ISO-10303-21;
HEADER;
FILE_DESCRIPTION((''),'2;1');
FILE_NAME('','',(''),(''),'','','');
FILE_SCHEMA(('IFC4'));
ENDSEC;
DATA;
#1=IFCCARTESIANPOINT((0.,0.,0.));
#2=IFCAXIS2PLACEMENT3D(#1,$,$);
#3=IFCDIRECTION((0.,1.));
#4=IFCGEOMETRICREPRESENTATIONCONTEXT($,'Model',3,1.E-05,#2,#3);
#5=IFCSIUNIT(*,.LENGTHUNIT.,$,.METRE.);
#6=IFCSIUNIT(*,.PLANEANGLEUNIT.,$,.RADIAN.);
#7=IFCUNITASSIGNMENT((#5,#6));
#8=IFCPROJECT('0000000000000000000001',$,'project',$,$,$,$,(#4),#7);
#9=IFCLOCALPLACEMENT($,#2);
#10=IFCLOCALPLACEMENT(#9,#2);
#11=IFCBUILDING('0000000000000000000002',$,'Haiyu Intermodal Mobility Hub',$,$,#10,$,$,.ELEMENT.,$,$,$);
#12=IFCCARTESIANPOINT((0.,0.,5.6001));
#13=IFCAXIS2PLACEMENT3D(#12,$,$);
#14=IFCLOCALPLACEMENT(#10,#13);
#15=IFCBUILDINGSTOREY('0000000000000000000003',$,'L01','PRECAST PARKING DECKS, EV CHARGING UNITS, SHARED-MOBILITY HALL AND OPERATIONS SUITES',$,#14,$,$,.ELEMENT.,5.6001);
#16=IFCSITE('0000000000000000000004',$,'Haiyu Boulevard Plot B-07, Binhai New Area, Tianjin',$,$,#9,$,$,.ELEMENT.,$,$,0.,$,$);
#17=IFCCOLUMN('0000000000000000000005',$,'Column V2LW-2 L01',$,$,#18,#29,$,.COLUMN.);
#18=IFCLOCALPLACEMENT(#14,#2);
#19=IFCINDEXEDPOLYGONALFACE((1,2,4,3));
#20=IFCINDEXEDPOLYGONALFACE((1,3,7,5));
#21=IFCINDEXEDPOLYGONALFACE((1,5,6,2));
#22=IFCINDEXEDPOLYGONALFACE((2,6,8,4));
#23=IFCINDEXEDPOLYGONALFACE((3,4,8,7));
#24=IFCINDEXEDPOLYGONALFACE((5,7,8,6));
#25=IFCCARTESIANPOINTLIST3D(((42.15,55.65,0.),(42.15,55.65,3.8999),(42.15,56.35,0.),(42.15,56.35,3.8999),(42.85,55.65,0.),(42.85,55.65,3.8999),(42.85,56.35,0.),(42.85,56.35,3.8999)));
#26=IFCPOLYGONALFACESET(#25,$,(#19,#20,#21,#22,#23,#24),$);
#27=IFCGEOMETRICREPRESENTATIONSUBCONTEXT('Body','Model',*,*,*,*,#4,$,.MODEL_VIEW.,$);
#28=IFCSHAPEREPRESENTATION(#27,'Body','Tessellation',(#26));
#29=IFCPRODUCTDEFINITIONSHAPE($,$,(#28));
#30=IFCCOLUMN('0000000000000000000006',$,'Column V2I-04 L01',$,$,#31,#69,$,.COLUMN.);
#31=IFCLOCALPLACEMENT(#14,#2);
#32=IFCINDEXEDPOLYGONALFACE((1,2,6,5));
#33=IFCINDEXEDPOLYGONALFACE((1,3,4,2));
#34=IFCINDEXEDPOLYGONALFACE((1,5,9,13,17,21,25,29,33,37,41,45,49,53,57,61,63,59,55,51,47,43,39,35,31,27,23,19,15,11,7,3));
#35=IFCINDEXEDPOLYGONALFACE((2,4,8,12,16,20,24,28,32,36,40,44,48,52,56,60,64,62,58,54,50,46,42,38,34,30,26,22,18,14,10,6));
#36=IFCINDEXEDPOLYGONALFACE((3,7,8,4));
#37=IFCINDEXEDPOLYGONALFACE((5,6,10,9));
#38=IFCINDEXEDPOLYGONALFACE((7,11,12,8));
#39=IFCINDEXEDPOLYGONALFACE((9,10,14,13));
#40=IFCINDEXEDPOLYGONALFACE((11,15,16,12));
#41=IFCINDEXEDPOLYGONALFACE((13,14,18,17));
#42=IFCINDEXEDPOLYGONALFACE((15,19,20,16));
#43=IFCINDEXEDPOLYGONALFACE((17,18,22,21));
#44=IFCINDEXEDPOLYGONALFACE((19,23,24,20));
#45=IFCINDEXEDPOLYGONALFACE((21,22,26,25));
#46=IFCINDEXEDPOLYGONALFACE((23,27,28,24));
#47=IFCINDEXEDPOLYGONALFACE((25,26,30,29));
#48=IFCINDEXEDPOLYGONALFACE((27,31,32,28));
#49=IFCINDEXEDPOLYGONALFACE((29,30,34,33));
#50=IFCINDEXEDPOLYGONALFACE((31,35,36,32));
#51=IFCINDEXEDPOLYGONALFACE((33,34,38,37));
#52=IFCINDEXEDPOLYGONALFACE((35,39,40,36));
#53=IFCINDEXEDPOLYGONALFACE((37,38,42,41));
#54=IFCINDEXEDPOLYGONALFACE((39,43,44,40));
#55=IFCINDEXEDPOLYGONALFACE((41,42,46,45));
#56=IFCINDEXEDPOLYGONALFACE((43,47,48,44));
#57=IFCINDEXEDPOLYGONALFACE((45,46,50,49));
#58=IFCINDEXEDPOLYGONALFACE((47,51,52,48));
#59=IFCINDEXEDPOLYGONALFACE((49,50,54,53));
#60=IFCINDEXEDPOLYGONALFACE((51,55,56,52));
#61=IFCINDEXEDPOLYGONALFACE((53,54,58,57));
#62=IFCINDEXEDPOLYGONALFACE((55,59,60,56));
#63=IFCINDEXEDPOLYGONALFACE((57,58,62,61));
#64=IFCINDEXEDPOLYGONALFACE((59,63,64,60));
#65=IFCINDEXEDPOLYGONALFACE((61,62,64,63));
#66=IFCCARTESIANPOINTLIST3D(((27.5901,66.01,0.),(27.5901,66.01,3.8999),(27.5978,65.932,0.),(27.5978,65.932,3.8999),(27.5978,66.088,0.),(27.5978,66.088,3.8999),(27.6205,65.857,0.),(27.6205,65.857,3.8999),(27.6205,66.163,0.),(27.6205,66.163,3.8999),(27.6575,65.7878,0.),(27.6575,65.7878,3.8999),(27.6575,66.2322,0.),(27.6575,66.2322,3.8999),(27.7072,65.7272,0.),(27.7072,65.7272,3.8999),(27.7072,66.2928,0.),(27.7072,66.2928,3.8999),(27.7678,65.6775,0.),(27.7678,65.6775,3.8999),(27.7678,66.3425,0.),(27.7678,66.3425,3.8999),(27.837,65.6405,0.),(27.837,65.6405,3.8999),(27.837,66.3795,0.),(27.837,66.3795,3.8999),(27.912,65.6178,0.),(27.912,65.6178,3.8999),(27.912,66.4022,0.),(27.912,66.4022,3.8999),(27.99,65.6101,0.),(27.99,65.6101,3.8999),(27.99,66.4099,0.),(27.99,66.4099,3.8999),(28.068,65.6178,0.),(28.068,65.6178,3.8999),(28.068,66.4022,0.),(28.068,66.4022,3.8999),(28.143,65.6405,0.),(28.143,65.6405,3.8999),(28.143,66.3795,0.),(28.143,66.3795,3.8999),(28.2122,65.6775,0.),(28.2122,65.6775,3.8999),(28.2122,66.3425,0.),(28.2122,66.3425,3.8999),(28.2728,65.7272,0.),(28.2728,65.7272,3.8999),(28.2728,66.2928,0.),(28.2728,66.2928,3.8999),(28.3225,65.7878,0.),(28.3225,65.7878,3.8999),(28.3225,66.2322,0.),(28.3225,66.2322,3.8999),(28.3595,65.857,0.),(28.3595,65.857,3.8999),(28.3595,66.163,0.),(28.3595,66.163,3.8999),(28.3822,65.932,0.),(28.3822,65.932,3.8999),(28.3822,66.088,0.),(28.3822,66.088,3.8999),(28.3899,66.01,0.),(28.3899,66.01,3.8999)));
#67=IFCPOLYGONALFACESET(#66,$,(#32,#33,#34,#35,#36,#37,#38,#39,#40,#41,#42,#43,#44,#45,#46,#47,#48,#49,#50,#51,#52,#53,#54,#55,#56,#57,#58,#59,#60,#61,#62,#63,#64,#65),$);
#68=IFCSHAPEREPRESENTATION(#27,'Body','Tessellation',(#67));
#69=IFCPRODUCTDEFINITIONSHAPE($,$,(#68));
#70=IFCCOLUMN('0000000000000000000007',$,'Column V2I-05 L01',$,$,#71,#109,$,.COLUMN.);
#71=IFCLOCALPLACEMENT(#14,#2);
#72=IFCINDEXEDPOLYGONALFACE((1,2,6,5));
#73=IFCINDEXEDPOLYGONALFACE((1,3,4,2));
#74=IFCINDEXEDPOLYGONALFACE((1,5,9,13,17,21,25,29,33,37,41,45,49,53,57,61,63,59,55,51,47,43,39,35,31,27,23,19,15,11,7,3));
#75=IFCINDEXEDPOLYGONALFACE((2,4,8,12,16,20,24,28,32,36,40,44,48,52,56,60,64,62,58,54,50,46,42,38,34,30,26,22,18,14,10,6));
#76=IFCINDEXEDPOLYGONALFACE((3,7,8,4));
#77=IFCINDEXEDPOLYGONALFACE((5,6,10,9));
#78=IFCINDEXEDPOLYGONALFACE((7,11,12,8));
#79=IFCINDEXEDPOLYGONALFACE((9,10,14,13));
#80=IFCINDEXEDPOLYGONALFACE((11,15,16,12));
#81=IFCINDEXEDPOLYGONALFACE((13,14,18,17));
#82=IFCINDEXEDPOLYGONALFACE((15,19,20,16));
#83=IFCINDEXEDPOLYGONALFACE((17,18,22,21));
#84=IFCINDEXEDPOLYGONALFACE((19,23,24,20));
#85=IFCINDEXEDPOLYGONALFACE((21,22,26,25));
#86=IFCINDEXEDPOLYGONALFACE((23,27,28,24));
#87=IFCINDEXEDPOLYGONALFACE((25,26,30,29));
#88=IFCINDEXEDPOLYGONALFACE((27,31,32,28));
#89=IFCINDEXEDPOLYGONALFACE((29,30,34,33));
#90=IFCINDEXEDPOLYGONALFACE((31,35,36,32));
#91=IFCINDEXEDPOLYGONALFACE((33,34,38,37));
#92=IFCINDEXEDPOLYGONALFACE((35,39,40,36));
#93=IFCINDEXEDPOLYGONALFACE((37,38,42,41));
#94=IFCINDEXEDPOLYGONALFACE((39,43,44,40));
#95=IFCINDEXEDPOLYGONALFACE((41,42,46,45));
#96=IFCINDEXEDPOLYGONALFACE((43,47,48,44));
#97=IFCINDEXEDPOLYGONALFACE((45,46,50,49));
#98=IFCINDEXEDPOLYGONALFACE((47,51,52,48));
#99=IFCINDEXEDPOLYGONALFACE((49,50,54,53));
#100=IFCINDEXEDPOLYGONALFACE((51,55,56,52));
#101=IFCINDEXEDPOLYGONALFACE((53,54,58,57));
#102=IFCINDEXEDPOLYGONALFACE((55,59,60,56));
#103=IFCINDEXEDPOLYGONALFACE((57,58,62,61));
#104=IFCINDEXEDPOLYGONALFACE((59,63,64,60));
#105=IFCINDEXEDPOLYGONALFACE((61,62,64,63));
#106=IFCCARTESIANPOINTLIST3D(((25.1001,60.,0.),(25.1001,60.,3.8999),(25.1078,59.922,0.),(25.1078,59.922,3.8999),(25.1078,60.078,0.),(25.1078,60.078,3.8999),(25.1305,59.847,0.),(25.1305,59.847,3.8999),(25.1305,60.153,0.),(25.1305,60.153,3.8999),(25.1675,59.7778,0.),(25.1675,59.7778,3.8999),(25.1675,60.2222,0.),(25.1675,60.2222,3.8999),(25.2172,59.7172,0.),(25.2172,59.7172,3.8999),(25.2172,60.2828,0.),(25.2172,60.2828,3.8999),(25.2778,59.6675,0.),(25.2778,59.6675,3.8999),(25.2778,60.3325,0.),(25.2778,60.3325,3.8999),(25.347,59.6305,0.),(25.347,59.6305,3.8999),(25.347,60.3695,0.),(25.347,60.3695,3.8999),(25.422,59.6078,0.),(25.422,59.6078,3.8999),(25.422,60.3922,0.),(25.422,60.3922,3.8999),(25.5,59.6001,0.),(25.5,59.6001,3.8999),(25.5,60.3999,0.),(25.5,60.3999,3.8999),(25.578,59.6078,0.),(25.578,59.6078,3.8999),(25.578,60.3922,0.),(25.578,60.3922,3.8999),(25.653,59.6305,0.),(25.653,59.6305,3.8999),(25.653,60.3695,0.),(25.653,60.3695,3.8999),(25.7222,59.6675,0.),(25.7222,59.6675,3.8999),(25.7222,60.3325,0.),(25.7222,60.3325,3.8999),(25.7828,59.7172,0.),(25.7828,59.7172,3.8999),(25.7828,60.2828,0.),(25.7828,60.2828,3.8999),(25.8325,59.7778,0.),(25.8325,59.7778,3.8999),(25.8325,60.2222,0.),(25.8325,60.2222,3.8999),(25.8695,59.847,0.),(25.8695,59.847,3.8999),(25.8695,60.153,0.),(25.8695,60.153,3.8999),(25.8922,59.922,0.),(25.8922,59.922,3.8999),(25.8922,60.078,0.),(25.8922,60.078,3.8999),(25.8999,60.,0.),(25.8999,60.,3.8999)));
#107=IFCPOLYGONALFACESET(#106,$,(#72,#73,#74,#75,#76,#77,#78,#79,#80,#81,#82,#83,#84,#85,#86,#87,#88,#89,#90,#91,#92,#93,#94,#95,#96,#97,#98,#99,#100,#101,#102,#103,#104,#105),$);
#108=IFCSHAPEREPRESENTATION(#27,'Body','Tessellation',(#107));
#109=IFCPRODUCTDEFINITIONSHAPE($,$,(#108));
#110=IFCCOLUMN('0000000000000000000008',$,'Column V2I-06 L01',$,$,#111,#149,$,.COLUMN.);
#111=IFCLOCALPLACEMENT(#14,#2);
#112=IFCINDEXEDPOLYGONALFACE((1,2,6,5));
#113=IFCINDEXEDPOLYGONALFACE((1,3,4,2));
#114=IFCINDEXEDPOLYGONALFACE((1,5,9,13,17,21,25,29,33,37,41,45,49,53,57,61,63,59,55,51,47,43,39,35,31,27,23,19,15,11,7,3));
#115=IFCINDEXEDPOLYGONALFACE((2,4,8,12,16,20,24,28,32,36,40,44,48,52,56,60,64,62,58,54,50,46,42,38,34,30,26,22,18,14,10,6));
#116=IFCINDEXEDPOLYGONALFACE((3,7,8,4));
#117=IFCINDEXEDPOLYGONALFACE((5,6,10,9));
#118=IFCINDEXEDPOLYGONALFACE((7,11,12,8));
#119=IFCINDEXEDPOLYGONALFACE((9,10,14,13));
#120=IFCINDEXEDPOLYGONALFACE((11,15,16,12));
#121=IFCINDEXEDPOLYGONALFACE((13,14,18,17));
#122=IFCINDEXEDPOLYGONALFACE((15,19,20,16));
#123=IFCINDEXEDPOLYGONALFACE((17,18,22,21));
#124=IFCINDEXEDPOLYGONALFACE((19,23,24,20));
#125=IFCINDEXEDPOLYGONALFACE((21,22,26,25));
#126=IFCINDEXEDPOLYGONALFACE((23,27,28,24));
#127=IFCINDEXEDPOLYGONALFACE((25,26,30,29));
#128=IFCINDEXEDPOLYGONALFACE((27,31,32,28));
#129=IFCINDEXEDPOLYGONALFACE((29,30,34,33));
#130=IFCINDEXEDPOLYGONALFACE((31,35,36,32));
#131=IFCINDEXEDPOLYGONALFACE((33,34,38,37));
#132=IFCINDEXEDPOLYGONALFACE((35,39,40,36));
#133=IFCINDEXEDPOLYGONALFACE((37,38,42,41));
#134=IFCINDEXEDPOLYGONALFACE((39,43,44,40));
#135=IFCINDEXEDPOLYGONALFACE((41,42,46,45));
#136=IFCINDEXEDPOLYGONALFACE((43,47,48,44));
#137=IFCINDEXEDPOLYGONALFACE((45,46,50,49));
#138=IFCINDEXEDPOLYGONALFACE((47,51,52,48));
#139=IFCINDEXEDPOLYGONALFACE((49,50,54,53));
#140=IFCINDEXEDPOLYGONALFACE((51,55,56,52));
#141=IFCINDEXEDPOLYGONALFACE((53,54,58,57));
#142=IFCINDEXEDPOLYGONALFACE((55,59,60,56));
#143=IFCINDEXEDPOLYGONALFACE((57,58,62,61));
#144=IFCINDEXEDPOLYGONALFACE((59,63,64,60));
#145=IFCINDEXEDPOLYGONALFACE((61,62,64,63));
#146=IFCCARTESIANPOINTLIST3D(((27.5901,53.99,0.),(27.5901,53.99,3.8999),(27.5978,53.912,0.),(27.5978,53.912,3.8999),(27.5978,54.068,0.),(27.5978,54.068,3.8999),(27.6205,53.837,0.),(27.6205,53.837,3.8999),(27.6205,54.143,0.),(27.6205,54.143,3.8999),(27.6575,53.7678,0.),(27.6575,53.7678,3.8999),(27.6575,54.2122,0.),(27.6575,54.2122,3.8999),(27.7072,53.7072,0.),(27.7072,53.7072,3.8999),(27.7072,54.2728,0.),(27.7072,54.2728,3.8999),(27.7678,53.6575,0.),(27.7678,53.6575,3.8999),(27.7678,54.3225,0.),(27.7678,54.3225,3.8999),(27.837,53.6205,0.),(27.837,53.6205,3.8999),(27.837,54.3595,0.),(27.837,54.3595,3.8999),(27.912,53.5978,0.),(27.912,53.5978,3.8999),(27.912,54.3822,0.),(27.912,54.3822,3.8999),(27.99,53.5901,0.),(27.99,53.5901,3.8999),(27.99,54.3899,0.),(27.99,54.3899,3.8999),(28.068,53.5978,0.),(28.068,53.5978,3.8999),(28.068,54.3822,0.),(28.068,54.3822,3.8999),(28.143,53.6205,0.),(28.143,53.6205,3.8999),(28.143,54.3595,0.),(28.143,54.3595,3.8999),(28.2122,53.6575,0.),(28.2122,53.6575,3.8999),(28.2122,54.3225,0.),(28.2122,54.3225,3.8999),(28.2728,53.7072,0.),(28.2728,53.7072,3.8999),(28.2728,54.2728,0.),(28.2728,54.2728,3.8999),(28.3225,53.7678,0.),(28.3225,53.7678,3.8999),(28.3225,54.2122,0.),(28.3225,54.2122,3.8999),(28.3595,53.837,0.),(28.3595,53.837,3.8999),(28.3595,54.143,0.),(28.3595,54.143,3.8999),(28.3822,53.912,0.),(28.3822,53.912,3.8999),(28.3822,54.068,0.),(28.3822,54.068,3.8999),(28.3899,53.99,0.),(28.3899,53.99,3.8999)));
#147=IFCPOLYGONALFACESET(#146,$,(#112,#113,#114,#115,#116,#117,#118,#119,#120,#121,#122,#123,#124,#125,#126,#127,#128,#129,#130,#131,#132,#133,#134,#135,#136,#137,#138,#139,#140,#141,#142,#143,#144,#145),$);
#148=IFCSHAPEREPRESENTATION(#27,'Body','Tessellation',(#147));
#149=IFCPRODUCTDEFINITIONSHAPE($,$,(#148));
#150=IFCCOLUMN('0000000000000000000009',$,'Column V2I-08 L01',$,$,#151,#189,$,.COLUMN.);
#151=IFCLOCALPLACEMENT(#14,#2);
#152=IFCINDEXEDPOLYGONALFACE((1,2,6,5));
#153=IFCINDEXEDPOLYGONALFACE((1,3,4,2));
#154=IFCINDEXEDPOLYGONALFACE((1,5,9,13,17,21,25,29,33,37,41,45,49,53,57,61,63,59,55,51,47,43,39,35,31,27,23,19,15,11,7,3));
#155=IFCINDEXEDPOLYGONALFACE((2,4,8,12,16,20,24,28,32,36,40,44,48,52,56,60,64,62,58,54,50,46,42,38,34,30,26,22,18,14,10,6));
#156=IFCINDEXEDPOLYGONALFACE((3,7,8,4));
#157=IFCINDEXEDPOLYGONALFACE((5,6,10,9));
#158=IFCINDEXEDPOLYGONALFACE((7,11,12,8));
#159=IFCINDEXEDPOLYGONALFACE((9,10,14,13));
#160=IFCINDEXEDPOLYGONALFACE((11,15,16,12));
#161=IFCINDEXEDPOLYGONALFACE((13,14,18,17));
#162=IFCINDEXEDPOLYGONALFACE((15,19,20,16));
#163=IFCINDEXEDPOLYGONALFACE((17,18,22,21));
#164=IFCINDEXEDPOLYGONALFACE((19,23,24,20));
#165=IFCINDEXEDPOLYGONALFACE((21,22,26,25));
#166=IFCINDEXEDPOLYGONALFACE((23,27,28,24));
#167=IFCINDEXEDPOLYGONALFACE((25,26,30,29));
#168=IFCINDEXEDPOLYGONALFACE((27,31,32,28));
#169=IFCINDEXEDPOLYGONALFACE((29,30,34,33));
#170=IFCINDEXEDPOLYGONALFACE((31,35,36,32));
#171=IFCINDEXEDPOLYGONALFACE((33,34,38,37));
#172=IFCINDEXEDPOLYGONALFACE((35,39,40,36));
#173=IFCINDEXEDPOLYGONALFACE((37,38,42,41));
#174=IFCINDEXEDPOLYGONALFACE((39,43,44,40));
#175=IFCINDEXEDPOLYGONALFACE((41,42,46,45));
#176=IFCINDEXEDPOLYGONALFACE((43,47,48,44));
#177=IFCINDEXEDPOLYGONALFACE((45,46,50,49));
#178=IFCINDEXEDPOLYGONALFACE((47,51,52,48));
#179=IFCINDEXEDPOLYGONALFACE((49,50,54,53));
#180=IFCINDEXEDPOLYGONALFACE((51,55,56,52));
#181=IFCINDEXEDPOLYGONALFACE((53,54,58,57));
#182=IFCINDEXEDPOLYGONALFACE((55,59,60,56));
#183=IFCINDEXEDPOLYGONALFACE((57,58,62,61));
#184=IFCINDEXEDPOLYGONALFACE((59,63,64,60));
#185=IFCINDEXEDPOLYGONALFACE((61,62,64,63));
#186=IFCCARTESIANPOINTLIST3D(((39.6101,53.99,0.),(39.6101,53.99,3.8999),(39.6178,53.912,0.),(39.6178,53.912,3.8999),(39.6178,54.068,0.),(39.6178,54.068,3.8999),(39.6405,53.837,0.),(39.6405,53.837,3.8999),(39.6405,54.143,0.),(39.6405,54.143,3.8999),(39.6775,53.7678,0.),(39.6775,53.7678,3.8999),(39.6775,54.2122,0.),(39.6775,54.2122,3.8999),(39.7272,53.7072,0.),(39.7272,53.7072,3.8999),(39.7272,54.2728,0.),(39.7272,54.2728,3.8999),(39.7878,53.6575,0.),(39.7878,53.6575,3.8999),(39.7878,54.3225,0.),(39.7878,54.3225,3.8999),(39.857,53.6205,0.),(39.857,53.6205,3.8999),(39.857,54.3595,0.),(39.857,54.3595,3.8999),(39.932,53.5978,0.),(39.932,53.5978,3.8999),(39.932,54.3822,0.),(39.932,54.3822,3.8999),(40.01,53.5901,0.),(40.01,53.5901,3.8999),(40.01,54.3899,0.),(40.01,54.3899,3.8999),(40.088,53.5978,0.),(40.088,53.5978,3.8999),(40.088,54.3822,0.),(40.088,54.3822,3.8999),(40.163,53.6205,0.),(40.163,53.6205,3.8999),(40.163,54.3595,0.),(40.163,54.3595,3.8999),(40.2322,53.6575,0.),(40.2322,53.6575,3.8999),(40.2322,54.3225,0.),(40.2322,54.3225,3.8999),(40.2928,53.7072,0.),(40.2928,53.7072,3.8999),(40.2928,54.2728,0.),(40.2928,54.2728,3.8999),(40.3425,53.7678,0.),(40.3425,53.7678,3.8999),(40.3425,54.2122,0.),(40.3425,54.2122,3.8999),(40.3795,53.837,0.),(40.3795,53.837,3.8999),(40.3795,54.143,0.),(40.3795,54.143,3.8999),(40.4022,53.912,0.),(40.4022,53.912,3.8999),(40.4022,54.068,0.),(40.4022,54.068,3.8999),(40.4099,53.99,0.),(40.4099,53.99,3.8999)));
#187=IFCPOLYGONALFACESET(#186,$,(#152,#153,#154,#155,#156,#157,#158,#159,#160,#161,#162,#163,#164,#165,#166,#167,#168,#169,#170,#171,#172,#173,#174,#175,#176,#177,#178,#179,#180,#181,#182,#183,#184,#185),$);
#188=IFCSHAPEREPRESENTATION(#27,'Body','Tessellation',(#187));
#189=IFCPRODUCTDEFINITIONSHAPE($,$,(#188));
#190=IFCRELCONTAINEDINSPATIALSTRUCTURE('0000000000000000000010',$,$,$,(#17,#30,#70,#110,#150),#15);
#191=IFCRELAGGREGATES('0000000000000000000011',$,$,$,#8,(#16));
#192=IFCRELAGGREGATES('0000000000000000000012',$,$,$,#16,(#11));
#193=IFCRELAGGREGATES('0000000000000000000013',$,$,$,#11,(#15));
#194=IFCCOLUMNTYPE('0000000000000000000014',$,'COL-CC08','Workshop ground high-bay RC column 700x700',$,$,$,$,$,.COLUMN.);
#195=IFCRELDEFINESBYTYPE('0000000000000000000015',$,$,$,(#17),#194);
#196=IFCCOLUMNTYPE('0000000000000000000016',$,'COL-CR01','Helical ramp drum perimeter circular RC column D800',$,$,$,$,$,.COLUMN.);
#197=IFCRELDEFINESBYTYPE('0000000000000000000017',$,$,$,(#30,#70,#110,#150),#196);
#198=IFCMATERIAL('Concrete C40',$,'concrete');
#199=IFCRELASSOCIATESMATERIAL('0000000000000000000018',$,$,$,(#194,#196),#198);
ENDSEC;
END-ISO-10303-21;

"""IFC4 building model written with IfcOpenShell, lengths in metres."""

from ifc_helpers import new_model, si_unit, direction, frame, origin, origin_2d, place, context, subcontext, project, spatial, rectangle, circle, extrude, material, material_profile, profile_set, type_object, element, save


model = new_model("IFC4")

# Units and contexts
model_context = context("Model", 3, precision=1e-05, world=origin(), true_north=direction((0.0, 1.0)))
body_context = subcontext(model_context, "Body", "Model", "MODEL_VIEW")
ifc_project = project(units=[si_unit("LENGTHUNIT", "METRE"), si_unit("PLANEANGLEUNIT", "RADIAN")], contexts=[model_context])

# Site, building, storey
site_placement = place(None, origin())
site = spatial("IfcSite", under=ifc_project, at=site_placement, Name="Haiyu Boulevard Plot B-07, Binhai New Area, Tianjin", CompositionType="ELEMENT", RefElevation=0.0)
building_placement = place(site_placement, origin())
building = spatial("IfcBuilding", under=site, at=building_placement, Name="Haiyu Intermodal Mobility Hub", CompositionType="ELEMENT")
storey_placement = place(building_placement, frame((0.0, 0.0, 5.6001)))
storey = spatial("IfcBuildingStorey", under=building, at=storey_placement, Name="L01", Description="PRECAST PARKING DECKS, EV CHARGING UNITS, SHARED-MOBILITY HALL AND OPERATIONS SUITES", CompositionType="ELEMENT", Elevation=5.6001)

# Columns
ifc_material_1 = material(Name="Concrete C40", Category="concrete")
ifc_material_profile_1 = material_profile(ifc_material_1, rectangle(XDim=0.7, YDim=0.7, at=origin_2d()), Name="RC700x700")
ifc_profile_set_1 = profile_set([ifc_material_profile_1], Name="Concrete C40")
column_type_1 = type_object("IfcColumnType", Name="COL-CC08", Description="Workshop ground high-bay RC column 700x700", PredefinedType="COLUMN", material=ifc_profile_set_1)
column_placement = place(storey_placement, frame((42.5, 56.0, 0.0), z_axis=(0.0, 0.0, 1.0), x_axis=(1.0, 0.0, 0.0)))
element("IfcColumn", 1, at=column_placement, inside=storey, type_object=column_type_1, Name="Column V2LW-2 L01", PredefinedType="COLUMN", context=body_context, shape_type="SweptSolid", body=[
    extrude(rectangle(XDim=0.7, YDim=0.7, at=origin_2d()), origin(), (0.0, 0.0, 1.0), 3.8999),
])
ifc_material_profile_2 = material_profile(ifc_material_1, circle(Radius=0.3999, at=origin_2d()), Name="RCCOL-D800")
ifc_profile_set_2 = profile_set([ifc_material_profile_2], Name="Concrete C40")
column_type_2 = type_object("IfcColumnType", Name="COL-CR01", Description="Helical ramp drum perimeter circular RC column D800", PredefinedType="COLUMN", material=ifc_profile_set_2)
for number, where, z_axis, x_axis, name in (
    (2, (27.99, 66.01, 0.0), (0.0, 0.0, 1.0), (1.0, 0.0, 0.0), "Column V2I-04 L01"),
    (3, (25.5, 60.0, 0.0), (0.0, 0.0, 1.0), (1.0, 0.0, 0.0), "Column V2I-05 L01"),
    (4, (27.99, 53.99, 0.0), (0.0, 0.0, 1.0), (1.0, 0.0, 0.0), "Column V2I-06 L01"),
    (5, (40.01, 53.99, 0.0), (0.0, 0.0, 1.0), (1.0, 0.0, 0.0), "Column V2I-08 L01"),
):
    element("IfcColumn", number, at=place(storey_placement, frame(where, z_axis=z_axis, x_axis=x_axis)), inside=storey, type_object=column_type_2, Name=name, PredefinedType="COLUMN", context=body_context, shape_type="SweptSolid", body=[
        extrude(circle(Radius=0.3999, at=origin_2d()), origin(), (0.0, 0.0, 1.0), 3.8999),
    ])

save(model, "model.ifc")
